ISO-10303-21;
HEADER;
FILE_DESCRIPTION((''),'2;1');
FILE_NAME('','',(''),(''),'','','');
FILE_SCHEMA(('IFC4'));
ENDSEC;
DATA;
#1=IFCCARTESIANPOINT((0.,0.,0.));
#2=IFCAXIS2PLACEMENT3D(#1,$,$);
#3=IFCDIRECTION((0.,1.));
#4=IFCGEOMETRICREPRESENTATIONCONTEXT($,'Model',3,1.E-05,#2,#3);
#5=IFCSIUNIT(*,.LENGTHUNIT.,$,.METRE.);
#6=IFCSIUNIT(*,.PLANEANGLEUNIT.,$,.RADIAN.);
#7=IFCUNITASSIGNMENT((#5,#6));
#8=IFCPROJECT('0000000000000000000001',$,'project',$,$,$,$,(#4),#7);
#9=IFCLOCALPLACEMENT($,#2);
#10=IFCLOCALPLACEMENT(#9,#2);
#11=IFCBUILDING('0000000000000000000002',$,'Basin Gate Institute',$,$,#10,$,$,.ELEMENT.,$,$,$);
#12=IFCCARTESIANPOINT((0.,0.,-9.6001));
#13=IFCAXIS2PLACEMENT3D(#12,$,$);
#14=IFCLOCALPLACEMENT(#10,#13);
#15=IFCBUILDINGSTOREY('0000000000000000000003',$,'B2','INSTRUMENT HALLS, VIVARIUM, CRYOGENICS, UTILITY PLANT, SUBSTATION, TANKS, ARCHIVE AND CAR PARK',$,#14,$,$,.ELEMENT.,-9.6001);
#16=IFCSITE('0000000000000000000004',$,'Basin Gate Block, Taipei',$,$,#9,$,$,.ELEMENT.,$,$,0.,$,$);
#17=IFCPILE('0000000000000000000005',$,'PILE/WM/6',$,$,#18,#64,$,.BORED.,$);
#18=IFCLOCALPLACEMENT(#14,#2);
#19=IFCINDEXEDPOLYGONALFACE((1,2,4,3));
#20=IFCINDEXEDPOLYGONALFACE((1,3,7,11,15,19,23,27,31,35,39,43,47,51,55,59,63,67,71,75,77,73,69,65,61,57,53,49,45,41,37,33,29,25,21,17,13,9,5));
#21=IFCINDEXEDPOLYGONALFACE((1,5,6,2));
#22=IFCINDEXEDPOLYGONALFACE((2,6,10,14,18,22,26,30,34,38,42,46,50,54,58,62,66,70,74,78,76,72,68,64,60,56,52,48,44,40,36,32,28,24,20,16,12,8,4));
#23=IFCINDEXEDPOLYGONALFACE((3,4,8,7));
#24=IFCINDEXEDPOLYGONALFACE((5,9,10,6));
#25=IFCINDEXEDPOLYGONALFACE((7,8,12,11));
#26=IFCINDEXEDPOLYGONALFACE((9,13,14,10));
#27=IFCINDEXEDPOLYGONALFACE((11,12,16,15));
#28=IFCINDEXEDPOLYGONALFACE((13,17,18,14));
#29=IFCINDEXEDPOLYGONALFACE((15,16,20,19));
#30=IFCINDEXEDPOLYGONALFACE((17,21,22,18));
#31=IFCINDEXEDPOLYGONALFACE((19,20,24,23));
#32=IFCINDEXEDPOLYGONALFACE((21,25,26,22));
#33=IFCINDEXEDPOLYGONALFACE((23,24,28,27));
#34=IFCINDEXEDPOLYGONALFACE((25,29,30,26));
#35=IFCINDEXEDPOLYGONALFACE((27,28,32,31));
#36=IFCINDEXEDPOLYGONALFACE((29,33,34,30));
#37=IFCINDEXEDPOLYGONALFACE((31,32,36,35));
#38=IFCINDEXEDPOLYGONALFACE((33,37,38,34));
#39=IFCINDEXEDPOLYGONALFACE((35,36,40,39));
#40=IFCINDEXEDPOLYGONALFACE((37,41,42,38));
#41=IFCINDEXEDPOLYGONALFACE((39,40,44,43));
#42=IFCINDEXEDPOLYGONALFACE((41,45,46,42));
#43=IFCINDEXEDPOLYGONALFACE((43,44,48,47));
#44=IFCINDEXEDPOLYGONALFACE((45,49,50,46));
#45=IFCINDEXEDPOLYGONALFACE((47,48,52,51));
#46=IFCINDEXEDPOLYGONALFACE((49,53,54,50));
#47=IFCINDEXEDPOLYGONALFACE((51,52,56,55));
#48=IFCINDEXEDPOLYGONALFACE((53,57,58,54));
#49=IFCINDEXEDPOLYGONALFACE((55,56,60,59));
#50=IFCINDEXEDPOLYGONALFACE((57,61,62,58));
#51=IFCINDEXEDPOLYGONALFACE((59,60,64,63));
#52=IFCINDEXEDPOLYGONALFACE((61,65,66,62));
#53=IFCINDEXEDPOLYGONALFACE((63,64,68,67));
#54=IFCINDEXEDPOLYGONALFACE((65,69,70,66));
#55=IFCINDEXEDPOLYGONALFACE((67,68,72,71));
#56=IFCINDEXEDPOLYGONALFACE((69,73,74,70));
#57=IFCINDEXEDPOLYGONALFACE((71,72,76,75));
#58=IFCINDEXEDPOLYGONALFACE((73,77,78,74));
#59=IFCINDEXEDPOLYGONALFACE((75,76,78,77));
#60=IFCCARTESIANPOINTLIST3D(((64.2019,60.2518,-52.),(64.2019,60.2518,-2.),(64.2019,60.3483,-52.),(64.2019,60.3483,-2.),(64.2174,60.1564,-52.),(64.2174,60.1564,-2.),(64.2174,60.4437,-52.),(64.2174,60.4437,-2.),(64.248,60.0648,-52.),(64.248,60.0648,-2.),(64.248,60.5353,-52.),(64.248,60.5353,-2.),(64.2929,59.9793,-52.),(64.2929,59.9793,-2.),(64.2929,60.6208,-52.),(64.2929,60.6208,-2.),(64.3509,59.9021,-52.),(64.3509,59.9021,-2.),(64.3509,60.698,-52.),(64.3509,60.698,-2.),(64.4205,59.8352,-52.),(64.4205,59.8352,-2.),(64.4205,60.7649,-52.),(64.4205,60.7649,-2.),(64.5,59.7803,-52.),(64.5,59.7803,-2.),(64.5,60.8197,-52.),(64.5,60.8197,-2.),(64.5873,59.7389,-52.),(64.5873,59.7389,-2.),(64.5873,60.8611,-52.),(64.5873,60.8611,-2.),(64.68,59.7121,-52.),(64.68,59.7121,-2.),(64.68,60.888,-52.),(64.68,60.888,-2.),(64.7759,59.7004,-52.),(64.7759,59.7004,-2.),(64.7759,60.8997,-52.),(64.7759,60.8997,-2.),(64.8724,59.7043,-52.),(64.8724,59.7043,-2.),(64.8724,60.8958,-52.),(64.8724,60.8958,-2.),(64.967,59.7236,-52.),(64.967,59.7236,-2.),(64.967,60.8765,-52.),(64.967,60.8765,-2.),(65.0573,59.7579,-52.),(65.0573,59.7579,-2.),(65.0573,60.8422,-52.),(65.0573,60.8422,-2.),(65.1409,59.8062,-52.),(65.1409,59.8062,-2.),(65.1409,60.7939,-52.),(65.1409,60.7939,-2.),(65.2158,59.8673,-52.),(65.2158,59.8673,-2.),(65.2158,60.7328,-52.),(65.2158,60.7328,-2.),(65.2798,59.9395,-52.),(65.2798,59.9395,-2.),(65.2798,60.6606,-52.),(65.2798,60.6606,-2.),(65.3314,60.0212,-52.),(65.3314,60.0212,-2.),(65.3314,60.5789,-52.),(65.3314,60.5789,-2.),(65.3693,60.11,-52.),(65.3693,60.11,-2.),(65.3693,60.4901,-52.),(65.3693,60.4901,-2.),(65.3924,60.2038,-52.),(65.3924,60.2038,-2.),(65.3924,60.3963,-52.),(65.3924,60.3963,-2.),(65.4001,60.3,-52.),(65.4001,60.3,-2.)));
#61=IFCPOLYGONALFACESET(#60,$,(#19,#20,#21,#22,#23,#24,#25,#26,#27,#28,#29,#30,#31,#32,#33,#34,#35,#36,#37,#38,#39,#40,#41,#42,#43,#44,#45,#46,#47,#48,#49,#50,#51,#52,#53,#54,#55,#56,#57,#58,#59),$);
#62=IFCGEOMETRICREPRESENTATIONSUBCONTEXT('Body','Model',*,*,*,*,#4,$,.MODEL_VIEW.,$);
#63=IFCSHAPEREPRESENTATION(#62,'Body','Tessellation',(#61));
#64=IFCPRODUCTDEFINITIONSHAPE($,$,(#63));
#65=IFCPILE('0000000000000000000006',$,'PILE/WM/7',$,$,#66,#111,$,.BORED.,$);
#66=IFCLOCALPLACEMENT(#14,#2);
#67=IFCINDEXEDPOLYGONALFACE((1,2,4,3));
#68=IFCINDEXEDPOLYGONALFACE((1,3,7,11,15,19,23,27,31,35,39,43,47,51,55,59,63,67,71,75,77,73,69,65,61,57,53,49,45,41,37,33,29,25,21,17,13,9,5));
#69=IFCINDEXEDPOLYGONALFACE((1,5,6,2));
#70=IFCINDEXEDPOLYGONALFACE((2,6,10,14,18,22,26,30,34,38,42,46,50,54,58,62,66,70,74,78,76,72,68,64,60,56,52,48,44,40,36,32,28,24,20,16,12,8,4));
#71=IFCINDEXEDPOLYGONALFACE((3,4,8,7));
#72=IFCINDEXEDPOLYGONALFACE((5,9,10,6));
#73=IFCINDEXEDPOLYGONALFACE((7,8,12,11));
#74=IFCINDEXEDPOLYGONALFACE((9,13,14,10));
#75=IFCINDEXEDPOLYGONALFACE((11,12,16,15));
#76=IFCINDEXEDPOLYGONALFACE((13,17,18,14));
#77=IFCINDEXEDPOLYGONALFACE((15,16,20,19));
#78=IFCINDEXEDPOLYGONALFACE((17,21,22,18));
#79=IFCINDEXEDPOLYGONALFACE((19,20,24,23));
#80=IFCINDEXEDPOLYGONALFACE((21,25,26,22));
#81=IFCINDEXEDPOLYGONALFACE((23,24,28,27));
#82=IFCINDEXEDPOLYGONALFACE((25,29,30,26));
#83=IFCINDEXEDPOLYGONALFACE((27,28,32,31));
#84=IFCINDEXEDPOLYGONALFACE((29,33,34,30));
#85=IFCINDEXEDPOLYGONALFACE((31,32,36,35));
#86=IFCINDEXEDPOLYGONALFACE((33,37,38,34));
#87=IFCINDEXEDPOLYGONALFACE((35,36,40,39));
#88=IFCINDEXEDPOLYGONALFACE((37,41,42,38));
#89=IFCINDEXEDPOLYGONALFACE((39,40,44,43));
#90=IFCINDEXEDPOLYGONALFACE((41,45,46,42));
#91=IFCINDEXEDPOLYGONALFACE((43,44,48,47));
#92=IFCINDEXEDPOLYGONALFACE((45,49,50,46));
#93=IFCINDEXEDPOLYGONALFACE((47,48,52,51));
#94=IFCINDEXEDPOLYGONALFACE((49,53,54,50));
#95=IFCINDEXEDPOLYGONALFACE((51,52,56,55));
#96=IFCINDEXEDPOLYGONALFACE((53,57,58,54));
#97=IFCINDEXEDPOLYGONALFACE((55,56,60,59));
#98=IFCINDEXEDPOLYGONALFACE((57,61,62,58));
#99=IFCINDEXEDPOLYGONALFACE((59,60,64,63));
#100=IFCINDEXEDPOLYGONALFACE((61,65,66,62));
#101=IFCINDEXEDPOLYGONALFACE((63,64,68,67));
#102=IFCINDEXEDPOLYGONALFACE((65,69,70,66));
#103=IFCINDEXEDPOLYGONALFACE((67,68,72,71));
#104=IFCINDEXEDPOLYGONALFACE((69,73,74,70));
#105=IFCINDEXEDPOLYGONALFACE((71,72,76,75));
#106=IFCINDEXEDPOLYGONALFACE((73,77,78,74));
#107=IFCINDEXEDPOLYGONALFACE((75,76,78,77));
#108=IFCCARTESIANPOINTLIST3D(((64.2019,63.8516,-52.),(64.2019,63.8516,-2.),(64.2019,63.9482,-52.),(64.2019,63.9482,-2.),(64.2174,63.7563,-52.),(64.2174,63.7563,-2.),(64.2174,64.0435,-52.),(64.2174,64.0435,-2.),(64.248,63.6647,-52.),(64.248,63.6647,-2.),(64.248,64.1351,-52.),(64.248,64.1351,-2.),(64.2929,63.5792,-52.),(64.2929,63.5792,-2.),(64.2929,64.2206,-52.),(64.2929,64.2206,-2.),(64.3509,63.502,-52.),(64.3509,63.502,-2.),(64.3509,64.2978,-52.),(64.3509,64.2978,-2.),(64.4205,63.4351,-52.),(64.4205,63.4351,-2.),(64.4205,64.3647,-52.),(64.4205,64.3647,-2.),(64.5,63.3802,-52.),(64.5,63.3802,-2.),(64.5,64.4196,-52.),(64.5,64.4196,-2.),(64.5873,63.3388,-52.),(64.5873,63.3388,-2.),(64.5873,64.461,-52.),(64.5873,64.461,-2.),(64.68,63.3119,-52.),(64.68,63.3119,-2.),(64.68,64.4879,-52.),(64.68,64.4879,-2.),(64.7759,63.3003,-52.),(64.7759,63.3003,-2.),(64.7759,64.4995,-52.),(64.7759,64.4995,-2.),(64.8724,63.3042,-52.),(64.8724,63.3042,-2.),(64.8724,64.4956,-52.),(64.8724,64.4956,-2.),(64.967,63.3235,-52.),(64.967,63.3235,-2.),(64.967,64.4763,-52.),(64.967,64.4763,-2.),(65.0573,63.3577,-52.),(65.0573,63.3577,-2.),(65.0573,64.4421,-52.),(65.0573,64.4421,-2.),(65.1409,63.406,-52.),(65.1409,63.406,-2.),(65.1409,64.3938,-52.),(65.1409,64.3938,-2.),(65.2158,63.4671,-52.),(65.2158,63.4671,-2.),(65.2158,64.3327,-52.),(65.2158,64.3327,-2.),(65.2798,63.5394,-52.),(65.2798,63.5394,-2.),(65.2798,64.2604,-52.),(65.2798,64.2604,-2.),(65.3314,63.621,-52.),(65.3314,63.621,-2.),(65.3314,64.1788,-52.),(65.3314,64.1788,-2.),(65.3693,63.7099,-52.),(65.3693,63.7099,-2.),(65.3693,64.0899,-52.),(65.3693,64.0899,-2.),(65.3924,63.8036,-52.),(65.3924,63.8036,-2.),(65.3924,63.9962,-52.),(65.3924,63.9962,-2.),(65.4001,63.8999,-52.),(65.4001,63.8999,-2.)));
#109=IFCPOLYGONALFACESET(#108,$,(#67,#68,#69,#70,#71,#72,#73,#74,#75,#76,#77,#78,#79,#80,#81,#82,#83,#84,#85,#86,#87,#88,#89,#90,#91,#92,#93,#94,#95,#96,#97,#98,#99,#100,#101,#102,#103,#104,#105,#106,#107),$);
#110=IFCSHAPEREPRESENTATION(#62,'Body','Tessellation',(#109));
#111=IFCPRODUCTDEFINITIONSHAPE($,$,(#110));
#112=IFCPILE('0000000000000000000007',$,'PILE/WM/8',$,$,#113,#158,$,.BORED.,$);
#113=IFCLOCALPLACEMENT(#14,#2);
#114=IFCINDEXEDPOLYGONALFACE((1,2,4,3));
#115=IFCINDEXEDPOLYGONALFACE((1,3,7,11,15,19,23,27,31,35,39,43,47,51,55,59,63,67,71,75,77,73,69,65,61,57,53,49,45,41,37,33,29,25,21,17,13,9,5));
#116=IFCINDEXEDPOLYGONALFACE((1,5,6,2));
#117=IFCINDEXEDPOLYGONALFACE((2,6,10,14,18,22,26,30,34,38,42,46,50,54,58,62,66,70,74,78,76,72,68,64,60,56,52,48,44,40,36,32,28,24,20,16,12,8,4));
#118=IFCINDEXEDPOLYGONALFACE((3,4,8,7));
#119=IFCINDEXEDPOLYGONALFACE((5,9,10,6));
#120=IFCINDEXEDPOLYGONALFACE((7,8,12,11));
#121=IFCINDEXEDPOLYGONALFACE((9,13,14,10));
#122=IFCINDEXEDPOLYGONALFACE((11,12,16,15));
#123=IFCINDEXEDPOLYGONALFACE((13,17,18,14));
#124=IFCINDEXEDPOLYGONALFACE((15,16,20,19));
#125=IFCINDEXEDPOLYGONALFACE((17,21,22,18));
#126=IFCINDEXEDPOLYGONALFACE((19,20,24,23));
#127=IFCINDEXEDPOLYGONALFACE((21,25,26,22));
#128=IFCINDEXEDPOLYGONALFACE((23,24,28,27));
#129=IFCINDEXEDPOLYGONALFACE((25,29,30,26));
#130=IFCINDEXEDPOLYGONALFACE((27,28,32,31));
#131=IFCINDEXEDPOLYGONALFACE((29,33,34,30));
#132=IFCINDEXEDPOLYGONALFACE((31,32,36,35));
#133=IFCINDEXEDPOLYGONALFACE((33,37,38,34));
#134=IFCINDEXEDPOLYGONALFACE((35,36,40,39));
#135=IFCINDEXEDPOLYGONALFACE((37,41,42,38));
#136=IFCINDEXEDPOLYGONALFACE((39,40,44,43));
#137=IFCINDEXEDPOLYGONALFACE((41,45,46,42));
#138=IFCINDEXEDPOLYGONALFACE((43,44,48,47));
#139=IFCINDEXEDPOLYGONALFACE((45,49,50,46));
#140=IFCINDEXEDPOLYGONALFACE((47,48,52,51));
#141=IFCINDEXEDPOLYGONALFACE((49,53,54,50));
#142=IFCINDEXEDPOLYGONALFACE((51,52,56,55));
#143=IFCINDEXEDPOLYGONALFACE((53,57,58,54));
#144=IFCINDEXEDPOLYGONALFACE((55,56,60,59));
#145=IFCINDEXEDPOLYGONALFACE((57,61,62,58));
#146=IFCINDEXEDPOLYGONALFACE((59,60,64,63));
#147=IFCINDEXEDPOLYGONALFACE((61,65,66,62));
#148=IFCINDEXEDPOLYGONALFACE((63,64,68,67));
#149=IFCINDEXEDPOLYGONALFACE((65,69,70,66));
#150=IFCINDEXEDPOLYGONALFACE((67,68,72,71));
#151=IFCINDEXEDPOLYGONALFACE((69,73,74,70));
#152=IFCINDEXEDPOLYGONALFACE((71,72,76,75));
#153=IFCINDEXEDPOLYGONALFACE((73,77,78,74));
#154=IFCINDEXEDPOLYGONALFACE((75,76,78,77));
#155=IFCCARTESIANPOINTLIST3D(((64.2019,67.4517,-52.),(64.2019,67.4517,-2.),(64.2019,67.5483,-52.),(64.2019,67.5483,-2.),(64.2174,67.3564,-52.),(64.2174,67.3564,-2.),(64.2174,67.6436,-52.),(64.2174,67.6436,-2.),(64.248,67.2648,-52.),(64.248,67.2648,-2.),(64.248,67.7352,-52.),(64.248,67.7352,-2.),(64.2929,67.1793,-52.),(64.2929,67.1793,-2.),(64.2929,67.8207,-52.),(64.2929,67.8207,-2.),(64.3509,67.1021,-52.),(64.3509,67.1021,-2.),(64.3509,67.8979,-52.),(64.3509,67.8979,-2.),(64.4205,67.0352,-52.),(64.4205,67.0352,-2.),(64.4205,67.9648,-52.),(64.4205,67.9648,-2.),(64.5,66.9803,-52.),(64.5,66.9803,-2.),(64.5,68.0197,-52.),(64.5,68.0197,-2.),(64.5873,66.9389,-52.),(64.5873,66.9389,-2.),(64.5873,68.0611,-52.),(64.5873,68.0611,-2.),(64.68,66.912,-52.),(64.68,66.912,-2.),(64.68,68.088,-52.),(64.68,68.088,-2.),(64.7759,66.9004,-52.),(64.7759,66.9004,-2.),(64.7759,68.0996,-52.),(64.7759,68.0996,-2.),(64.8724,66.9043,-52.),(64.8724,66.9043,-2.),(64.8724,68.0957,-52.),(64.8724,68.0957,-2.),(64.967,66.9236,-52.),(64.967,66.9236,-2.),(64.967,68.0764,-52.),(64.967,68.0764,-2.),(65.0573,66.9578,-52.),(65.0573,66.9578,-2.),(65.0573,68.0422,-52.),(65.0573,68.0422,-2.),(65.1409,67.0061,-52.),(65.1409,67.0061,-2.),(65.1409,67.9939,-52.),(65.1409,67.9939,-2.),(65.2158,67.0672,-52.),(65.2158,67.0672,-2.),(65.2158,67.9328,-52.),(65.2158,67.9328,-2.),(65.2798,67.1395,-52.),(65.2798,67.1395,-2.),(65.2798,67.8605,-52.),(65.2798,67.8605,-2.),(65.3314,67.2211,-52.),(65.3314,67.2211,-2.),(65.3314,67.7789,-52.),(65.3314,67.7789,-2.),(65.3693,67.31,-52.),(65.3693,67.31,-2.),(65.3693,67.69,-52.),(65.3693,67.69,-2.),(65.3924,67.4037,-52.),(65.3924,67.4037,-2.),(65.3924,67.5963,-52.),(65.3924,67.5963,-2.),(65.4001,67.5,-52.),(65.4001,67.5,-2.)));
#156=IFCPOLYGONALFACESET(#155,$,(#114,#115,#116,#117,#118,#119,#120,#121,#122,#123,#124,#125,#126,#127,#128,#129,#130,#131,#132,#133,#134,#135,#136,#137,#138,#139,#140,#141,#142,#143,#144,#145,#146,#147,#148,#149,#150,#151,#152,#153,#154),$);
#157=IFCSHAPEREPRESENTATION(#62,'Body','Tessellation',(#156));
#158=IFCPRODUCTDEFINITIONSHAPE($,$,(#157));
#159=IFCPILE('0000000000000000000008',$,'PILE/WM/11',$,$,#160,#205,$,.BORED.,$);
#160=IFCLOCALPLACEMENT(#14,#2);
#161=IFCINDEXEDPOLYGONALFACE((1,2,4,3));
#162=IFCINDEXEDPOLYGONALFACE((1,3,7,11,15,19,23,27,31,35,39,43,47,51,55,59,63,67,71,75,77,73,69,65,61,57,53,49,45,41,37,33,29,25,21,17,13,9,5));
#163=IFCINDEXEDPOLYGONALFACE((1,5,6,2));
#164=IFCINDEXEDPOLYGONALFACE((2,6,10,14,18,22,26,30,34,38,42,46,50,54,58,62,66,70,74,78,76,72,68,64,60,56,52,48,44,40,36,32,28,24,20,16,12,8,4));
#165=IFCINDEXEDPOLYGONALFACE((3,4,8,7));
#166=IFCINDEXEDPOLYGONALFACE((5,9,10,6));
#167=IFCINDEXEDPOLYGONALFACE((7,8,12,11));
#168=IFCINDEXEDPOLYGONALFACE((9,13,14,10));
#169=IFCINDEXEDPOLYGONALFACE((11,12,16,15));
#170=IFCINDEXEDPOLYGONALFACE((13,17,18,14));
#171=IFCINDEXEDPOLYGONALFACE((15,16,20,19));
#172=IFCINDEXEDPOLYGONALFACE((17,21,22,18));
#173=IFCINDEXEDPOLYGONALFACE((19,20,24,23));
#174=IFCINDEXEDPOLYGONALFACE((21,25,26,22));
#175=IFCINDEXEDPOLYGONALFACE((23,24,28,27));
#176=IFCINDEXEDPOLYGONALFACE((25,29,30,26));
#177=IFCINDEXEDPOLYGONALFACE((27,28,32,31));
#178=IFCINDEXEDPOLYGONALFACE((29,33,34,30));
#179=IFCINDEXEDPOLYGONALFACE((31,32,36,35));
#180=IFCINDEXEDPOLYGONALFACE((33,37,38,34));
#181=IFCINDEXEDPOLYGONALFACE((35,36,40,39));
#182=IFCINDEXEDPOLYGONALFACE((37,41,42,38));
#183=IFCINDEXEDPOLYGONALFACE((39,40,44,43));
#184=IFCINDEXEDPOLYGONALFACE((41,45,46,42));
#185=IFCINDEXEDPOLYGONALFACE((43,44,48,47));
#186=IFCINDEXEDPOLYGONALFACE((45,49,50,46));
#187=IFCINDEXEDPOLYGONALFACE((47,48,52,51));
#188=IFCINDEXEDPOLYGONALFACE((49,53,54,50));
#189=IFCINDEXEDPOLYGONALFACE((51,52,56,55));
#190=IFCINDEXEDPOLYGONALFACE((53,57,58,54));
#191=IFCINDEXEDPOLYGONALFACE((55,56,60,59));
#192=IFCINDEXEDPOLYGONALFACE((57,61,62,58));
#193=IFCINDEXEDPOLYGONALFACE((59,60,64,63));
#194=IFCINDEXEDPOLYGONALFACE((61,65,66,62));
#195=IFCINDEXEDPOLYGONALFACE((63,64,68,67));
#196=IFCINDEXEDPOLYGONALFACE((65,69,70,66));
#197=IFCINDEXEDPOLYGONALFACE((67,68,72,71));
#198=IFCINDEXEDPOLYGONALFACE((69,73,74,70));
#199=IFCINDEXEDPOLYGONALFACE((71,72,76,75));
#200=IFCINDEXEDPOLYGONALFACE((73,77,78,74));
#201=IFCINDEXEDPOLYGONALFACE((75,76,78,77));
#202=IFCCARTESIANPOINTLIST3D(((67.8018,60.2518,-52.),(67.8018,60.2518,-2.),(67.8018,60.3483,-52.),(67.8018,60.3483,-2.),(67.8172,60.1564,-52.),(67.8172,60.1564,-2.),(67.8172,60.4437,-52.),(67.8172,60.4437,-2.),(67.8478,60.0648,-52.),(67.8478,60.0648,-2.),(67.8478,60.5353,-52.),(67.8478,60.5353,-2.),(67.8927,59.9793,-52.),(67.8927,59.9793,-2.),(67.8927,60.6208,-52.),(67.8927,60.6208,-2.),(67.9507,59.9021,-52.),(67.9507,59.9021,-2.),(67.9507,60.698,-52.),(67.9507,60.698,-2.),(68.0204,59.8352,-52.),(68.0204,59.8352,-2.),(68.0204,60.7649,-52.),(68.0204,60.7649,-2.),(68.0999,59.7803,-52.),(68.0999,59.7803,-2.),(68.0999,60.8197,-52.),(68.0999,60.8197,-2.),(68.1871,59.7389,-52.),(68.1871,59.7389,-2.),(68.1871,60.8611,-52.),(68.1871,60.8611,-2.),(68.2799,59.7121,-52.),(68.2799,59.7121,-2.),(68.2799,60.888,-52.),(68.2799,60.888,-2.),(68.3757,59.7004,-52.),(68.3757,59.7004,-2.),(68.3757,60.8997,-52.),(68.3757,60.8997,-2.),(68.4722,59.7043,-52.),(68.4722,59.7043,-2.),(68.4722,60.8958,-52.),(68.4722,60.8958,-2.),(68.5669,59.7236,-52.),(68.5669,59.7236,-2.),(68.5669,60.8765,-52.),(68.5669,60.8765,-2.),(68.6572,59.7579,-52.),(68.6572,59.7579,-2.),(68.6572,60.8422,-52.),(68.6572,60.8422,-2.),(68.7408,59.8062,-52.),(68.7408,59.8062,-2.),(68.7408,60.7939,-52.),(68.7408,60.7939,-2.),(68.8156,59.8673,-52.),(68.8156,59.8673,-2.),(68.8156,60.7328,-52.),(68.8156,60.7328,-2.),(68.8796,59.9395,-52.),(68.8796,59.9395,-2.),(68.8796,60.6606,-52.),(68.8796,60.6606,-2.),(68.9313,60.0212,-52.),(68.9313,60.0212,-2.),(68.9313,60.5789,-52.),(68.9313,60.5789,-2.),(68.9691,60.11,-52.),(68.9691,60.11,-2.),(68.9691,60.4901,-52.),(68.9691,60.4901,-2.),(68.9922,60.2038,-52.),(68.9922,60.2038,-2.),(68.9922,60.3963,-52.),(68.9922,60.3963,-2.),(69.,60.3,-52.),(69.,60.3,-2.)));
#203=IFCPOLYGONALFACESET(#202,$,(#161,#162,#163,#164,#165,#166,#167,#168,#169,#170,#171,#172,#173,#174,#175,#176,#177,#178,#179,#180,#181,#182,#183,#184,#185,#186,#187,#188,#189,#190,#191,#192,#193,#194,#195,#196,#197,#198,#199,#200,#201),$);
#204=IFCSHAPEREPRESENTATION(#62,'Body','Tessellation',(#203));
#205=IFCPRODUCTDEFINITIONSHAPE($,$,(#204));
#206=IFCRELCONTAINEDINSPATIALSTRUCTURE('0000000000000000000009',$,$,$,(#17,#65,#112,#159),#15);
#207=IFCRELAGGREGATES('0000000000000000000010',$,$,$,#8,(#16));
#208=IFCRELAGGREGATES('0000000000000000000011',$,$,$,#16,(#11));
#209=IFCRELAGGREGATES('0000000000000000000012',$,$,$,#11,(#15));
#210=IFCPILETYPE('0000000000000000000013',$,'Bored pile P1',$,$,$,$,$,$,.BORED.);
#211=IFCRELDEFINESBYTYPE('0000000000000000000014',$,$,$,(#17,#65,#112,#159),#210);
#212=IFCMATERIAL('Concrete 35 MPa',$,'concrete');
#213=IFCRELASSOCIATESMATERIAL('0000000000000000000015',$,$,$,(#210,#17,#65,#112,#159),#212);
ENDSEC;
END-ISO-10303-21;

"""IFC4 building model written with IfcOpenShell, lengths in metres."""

from ifc_helpers import new_model, si_unit, direction, frame, origin, origin_2d, place, context, subcontext, project, spatial, circle, extrude, material, material_profile, profile_set, type_object, element, save


model = new_model("IFC4")

# Units and contexts
model_context = context("Model", 3, precision=1e-05, world=origin(), true_north=direction((0.0, 1.0)))
body_context = subcontext(model_context, "Body", "Model", "MODEL_VIEW")
ifc_project = project(units=[si_unit("LENGTHUNIT", "METRE"), si_unit("PLANEANGLEUNIT", "RADIAN")], contexts=[model_context])

# Site, building, storey
site_placement = place(None, origin())
site = spatial("IfcSite", under=ifc_project, at=site_placement, Name="Basin Gate Block, Taipei", CompositionType="ELEMENT", RefElevation=0.0)
building_placement = place(site_placement, origin())
building = spatial("IfcBuilding", under=site, at=building_placement, Name="Basin Gate Institute", CompositionType="ELEMENT")
storey_placement = place(building_placement, frame((0.0, 0.0, -9.6001)))
storey = spatial("IfcBuildingStorey", under=building, at=storey_placement, Name="B2", Description="INSTRUMENT HALLS, VIVARIUM, CRYOGENICS, UTILITY PLANT, SUBSTATION, TANKS, ARCHIVE AND CAR PARK", CompositionType="ELEMENT", Elevation=-9.6001)

# Piles
ifc_material_1 = material(Name="Concrete 35 MPa", Category="concrete")
ifc_material_profile_1 = material_profile(ifc_material_1, circle(Radius=0.6001, at=origin_2d()), Name="Bored pile P1 1200 dia")
ifc_profile_set_1 = profile_set([ifc_material_profile_1], Name="Concrete 35 MPa")
pile_type = type_object("IfcPileType", Name="Bored pile P1", PredefinedType="BORED", material=ifc_profile_set_1)
for number, where, z_axis, x_axis, name in (
    (1, (64.8, 60.3, -2.0), (0.0, 0.0, -1.0), (1.0, 0.0, 0.0), "PILE/WM/6"),
    (2, (64.8, 63.8999, -2.0), (0.0, 0.0, -1.0), (1.0, 0.0, 0.0), "PILE/WM/7"),
    (3, (64.8, 67.5, -2.0), (0.0, 0.0, -1.0), (1.0, 0.0, 0.0), "PILE/WM/8"),
    (4, (68.3999, 60.3, -2.0), (0.0, 0.0, -1.0), (1.0, 0.0, 0.0), "PILE/WM/11"),
):
    element("IfcPile", number, at=place(storey_placement, frame(where, z_axis=z_axis, x_axis=x_axis)), inside=storey, type_object=pile_type, material=ifc_profile_set_1, Name=name, PredefinedType="BORED", context=body_context, shape_type="SweptSolid", body=[
        extrude(circle(Radius=0.6001, at=origin_2d()), origin(), (0.0, 0.0, 1.0), 50.0),
    ])

save(model, "model.ifc")
